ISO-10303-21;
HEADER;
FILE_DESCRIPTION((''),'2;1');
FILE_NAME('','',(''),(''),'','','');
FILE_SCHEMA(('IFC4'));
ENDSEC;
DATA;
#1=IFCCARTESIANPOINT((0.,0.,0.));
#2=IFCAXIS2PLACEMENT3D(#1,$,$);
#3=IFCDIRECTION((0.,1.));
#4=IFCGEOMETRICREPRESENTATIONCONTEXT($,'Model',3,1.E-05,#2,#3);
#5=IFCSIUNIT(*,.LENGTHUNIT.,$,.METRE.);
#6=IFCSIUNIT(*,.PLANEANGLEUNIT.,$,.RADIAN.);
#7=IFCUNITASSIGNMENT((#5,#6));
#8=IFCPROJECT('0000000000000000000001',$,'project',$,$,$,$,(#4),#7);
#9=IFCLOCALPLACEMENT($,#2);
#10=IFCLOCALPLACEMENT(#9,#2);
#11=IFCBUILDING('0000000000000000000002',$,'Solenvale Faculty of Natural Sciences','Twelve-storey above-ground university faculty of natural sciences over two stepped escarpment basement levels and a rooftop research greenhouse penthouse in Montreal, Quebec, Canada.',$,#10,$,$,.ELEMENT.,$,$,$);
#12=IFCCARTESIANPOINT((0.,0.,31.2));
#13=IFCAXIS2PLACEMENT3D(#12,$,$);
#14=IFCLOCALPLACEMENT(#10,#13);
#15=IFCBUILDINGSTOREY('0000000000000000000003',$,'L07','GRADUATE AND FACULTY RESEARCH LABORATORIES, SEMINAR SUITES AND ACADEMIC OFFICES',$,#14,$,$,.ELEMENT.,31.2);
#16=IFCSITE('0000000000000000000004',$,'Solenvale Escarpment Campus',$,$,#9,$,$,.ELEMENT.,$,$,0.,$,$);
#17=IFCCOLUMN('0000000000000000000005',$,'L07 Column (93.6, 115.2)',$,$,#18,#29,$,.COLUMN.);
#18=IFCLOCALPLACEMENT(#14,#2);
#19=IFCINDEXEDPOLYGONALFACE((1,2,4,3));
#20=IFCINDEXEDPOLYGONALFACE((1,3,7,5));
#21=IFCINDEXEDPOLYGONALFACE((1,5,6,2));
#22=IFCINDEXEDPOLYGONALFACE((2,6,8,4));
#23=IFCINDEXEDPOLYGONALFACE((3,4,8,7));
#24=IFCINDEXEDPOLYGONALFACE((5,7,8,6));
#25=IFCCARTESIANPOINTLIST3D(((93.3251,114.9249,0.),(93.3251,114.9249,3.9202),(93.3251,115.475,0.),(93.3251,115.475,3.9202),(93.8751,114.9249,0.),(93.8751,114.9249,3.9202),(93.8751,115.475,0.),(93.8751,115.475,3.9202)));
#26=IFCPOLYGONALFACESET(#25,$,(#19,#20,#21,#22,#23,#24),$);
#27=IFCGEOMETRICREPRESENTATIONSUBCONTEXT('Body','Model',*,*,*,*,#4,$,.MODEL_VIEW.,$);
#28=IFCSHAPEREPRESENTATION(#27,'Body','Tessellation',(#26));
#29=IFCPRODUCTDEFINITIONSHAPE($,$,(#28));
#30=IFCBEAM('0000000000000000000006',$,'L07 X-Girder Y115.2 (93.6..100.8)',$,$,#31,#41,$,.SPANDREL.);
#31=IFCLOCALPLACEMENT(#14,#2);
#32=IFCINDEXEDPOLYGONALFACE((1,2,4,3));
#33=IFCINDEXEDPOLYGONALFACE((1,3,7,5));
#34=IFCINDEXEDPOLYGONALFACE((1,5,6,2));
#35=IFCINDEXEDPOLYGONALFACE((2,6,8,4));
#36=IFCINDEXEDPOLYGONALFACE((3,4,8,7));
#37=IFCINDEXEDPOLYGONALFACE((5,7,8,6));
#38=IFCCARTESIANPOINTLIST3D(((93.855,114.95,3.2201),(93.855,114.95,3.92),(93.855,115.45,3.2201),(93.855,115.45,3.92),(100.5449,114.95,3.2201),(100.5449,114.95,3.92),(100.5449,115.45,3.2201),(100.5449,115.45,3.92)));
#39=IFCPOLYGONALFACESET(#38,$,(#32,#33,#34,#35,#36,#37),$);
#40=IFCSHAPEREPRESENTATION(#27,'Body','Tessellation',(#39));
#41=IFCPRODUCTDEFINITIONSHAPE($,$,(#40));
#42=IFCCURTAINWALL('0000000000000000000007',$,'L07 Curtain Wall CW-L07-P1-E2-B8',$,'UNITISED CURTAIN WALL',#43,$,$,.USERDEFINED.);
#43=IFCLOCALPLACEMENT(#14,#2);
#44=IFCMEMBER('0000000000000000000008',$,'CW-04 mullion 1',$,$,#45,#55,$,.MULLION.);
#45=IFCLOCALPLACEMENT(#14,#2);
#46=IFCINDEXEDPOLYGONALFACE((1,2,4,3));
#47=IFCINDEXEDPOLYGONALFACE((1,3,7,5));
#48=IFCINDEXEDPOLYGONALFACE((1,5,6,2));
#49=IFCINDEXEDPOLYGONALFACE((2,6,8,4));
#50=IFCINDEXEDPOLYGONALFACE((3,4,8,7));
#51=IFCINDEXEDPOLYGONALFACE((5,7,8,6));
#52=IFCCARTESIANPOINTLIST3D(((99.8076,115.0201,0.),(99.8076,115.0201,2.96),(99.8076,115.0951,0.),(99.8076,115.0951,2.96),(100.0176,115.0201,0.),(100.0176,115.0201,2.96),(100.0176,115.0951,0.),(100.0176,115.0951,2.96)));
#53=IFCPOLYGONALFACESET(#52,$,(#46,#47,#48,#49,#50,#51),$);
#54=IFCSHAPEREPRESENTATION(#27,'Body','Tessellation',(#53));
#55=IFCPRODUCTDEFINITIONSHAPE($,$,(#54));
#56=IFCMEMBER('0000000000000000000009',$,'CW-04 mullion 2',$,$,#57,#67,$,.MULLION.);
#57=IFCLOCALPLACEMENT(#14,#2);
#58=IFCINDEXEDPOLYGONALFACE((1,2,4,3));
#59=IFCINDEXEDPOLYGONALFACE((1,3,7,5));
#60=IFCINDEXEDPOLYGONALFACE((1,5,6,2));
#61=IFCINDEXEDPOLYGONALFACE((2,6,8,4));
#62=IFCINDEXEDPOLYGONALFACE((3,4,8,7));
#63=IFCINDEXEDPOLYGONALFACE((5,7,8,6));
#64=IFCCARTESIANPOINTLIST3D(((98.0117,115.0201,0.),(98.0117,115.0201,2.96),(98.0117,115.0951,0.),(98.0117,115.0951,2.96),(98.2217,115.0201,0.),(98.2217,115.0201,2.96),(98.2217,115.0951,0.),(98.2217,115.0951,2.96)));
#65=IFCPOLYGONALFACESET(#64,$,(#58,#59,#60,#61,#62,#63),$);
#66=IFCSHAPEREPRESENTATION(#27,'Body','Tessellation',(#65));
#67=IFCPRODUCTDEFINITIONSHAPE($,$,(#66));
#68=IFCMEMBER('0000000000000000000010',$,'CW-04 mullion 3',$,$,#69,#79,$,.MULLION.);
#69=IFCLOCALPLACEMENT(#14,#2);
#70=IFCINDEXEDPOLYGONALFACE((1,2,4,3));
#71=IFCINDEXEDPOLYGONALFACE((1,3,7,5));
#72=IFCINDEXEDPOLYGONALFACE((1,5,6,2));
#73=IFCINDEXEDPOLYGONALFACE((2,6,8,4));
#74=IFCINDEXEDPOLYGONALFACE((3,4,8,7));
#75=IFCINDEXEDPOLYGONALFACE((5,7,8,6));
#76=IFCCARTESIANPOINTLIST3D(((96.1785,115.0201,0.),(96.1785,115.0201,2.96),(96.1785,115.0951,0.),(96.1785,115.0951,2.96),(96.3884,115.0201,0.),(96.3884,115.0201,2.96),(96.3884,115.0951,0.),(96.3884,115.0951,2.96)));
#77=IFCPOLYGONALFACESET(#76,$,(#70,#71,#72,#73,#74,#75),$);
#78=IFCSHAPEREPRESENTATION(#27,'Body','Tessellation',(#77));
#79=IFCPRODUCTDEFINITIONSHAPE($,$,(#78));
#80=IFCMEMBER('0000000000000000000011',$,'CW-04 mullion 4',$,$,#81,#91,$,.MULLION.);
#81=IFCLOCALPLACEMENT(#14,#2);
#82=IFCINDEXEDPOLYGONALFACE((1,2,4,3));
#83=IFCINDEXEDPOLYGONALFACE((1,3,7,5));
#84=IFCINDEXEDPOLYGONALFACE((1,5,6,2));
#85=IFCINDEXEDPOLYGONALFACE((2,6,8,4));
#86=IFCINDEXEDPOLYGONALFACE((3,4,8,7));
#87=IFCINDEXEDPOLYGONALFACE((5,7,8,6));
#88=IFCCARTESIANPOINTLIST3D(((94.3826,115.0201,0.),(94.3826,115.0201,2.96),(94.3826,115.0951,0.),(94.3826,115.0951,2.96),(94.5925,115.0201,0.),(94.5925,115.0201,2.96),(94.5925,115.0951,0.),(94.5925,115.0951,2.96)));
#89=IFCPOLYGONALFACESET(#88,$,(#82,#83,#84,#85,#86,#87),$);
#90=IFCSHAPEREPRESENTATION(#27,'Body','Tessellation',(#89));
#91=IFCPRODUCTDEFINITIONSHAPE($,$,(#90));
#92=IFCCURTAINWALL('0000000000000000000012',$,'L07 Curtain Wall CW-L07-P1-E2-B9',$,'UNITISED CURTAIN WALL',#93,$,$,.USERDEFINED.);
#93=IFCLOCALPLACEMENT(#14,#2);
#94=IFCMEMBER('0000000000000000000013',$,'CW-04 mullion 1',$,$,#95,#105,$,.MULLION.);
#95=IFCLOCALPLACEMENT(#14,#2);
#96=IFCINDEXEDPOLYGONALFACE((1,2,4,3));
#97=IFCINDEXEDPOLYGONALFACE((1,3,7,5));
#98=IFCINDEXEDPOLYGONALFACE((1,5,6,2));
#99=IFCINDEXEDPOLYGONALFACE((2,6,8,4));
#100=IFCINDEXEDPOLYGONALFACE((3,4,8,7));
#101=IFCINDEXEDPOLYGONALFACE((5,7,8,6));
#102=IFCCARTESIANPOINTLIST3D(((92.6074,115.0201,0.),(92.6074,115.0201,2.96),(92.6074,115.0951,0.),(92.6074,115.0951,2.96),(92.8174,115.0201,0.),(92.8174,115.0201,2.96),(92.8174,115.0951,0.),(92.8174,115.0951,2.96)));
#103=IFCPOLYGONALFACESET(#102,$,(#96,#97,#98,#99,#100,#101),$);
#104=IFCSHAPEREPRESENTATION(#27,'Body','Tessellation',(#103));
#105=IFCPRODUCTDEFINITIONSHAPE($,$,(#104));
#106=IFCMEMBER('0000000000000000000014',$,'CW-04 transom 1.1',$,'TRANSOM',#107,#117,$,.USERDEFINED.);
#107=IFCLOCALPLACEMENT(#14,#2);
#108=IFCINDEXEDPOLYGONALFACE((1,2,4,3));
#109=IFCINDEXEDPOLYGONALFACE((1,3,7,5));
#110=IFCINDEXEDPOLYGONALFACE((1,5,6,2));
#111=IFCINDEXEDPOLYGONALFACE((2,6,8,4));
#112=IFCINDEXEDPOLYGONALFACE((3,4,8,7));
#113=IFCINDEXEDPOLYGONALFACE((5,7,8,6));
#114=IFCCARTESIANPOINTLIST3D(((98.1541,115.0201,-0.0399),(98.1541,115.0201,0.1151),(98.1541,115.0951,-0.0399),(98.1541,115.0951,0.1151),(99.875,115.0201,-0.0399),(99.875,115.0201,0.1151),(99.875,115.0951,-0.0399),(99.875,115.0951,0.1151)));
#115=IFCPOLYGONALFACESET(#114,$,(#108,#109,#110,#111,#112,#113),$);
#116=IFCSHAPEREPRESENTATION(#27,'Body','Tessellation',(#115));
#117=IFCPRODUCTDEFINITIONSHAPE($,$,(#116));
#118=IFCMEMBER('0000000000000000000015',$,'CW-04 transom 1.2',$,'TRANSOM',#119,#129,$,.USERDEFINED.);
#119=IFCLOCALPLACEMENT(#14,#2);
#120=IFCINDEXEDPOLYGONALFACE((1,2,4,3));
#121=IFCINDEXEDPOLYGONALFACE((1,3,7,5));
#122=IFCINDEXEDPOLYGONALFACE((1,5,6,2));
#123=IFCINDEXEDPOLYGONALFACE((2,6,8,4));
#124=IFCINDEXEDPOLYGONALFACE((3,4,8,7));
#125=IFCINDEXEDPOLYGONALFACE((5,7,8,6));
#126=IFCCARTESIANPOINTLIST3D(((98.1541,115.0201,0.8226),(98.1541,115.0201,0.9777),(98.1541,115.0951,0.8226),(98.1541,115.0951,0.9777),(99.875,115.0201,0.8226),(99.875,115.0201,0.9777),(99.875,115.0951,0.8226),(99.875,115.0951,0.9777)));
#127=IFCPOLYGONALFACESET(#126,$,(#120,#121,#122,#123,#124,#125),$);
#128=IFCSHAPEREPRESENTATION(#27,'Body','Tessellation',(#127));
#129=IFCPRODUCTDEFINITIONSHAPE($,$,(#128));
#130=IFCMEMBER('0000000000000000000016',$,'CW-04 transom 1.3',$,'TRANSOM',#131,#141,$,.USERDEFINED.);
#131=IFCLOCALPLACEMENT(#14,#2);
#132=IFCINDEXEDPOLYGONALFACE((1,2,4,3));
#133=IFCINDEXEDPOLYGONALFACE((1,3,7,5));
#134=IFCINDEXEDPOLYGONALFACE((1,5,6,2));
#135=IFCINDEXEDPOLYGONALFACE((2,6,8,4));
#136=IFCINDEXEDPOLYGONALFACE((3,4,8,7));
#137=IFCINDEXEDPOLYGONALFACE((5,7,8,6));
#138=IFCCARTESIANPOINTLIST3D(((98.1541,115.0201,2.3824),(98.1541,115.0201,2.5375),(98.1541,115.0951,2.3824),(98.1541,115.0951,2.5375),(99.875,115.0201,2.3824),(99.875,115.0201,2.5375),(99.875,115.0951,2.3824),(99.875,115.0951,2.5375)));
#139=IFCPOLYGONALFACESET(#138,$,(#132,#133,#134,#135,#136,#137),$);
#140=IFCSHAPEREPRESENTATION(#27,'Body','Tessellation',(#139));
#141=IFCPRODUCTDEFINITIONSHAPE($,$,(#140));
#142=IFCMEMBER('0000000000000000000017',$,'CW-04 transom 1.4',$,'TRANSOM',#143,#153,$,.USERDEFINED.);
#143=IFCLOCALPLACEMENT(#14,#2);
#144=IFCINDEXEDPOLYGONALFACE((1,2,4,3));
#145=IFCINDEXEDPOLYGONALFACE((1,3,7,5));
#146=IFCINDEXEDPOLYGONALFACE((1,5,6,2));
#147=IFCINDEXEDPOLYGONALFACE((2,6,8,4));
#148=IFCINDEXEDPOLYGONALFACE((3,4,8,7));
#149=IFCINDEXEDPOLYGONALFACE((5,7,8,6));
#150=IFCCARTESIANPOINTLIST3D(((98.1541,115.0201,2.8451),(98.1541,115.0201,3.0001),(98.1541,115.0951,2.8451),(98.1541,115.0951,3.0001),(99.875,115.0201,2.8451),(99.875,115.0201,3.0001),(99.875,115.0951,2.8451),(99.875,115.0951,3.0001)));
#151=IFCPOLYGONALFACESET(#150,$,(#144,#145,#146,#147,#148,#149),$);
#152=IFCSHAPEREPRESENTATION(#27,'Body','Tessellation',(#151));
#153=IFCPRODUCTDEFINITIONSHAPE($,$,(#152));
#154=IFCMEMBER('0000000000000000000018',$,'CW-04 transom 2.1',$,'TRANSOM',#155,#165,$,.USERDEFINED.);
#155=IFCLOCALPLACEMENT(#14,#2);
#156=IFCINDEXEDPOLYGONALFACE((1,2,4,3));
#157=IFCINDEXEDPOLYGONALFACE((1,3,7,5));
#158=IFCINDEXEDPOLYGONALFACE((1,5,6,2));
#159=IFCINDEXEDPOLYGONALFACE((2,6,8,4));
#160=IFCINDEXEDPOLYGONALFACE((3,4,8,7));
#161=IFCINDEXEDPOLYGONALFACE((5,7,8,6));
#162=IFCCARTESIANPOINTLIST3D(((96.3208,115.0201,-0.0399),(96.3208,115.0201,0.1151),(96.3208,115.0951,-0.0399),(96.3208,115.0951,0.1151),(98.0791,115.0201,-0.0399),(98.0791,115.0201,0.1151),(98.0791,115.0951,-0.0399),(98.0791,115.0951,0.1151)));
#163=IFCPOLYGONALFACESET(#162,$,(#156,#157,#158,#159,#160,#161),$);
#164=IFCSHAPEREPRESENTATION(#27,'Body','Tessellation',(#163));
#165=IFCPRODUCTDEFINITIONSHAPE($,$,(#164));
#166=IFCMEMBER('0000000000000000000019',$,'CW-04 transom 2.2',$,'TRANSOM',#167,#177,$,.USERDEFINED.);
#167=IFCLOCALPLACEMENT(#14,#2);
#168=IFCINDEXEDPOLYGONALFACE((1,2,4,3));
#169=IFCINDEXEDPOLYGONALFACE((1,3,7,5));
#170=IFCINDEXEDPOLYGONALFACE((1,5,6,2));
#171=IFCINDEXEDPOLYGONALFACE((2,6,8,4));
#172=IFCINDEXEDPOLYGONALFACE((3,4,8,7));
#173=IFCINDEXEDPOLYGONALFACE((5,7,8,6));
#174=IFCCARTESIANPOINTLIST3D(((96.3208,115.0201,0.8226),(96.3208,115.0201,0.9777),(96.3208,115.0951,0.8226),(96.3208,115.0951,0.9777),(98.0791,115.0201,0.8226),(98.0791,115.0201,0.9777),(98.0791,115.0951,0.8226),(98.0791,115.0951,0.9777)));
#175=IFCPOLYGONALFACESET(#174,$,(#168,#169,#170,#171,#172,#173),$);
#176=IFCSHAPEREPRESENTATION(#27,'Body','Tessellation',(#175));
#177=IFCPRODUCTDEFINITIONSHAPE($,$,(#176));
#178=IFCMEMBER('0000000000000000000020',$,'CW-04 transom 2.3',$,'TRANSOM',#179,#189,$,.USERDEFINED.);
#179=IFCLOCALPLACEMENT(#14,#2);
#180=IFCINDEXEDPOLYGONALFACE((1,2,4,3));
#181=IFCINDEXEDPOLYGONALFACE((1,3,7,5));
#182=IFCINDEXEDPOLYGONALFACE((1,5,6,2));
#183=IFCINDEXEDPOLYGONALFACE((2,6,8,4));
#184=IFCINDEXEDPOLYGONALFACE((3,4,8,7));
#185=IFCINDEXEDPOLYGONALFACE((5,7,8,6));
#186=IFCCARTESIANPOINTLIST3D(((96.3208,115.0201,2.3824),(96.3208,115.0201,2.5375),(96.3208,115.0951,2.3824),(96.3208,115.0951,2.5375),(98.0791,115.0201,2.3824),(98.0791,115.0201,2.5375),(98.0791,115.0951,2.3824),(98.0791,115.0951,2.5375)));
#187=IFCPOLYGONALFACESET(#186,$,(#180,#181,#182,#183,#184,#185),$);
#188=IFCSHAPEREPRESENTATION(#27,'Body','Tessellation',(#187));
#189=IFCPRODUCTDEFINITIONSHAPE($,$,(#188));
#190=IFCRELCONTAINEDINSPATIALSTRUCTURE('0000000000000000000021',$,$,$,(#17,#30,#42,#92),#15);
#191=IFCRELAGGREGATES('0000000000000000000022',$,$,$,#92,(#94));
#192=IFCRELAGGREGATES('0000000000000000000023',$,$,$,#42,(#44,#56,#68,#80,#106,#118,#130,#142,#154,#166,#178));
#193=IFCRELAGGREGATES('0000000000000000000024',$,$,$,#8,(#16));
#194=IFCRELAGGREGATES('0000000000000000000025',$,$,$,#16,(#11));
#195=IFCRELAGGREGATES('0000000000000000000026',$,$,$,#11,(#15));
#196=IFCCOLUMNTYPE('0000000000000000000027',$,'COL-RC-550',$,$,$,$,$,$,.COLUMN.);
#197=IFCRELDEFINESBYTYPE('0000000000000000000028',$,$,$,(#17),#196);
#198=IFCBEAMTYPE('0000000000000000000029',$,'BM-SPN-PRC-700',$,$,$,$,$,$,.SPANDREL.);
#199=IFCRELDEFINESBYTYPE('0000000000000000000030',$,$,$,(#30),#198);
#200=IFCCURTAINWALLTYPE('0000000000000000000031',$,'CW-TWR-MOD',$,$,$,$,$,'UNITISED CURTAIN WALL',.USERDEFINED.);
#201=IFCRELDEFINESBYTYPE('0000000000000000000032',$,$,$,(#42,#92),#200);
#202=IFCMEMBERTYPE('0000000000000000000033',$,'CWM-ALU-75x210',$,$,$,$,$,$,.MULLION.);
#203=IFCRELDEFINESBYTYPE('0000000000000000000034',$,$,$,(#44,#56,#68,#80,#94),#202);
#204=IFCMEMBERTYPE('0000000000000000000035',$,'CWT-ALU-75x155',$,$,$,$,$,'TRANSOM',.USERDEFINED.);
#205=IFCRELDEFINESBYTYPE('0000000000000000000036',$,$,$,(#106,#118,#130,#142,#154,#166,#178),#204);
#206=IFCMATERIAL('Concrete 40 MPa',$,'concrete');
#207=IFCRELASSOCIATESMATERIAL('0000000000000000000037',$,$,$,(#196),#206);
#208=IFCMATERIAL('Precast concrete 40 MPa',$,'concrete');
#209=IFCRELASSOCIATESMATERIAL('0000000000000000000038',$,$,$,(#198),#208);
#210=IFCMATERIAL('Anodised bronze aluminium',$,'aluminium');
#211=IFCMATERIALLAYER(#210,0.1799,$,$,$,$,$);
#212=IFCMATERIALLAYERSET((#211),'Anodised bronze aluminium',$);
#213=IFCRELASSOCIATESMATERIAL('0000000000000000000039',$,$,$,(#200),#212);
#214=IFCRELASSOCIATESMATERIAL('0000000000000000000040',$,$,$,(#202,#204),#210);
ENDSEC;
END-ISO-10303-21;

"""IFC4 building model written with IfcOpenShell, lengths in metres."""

from ifc_helpers import new_model, si_unit, direction, frame, origin, origin_2d, place, context, subcontext, project, spatial, rectangle, extrude, material, layer, layer_set, material_profile, profile_set, type_object, element, aggregate, save


model = new_model("IFC4")

# Units and contexts
model_context = context("Model", 3, precision=1e-05, world=origin(), true_north=direction((0.0, 1.0)))
body_context = subcontext(model_context, "Body", "Model", "MODEL_VIEW")
ifc_project = project(units=[si_unit("LENGTHUNIT", "METRE"), si_unit("PLANEANGLEUNIT", "RADIAN")], contexts=[model_context])

# Site, building, storey
site_placement = place(None, origin())
site = spatial("IfcSite", under=ifc_project, at=site_placement, Name="Solenvale Escarpment Campus", CompositionType="ELEMENT", RefElevation=0.0)
building_placement = place(site_placement, origin())
building = spatial("IfcBuilding", under=site, at=building_placement, Name="Solenvale Faculty of Natural Sciences", Description="Twelve-storey above-ground university faculty of natural sciences over two stepped escarpment basement levels and a rooftop research greenhouse penthouse in Montreal, Quebec, Canada.", CompositionType="ELEMENT")
storey_placement = place(building_placement, frame((0.0, 0.0, 31.2)))
storey = spatial("IfcBuildingStorey", under=building, at=storey_placement, Name="L07", Description="GRADUATE AND FACULTY RESEARCH LABORATORIES, SEMINAR SUITES AND ACADEMIC OFFICES", CompositionType="ELEMENT", Elevation=31.2)

# Column
ifc_material_1 = material(Name="Concrete 40 MPa", Category="concrete")
ifc_material_profile_1 = material_profile(ifc_material_1, rectangle(XDim=0.55, YDim=0.55, at=origin_2d()), Name="RC-COL-550x550")
ifc_profile_set_1 = profile_set([ifc_material_profile_1], Name="Concrete 40 MPa")
column_type = type_object("IfcColumnType", Name="COL-RC-550", PredefinedType="COLUMN", material=ifc_profile_set_1)
column_placement = place(storey_placement, frame((93.6001, 115.2, 0.0), z_axis=(0.0, 0.0, 1.0), x_axis=(1.0, 0.0, 0.0)))
element("IfcColumn", 1, at=column_placement, inside=storey, type_object=column_type, Name="L07 Column (93.6, 115.2)", PredefinedType="COLUMN", context=body_context, shape_type="SweptSolid", body=[
    extrude(rectangle(XDim=0.55, YDim=0.55, at=origin_2d()), origin(), (0.0, 0.0, 1.0), 3.9202),
])

# Beam
ifc_material_2 = material(Name="Precast concrete 40 MPa", Category="concrete")
ifc_material_profile_2 = material_profile(ifc_material_2, rectangle(XDim=0.5, YDim=0.7, at=origin_2d()), Name="RC-BM-500x700")
ifc_profile_set_2 = profile_set([ifc_material_profile_2], Name="Precast concrete 40 MPa")
beam_type = type_object("IfcBeamType", Name="BM-SPN-PRC-700", PredefinedType="SPANDREL", material=ifc_profile_set_2)
beam_placement = place(storey_placement, frame((93.855, 115.2, 3.5701), z_axis=(1.0, 0.0, 0.0), x_axis=(0.0, 1.0, 0.0)))
element("IfcBeam", 2, at=beam_placement, inside=storey, type_object=beam_type, Name="L07 X-Girder Y115.2 (93.6..100.8)", PredefinedType="SPANDREL", context=body_context, shape_type="SweptSolid", body=[
    extrude(rectangle(XDim=0.5, YDim=0.7, at=origin_2d()), origin(), (0.0, 0.0, 1.0), 6.6899),
])

# Curtain wall, members
ifc_material_3 = material(Name="Anodised bronze aluminium", Category="aluminium")
ifc_layer_1 = layer(ifc_material_3, 0.1799)
ifc_layer_set_1 = layer_set([ifc_layer_1], Name="Anodised bronze aluminium")
curtain_wall_type = type_object("IfcCurtainWallType", Name="CW-TWR-MOD", ElementType="UNITISED CURTAIN WALL", PredefinedType="USERDEFINED", material=ifc_layer_set_1)
curtain_wall_1_placement = place(storey_placement, origin())
curtain_wall_1 = element("IfcCurtainWall", 3, at=curtain_wall_1_placement, inside=storey, type_object=curtain_wall_type, Name="L07 Curtain Wall CW-L07-P1-E2-B8", ObjectType="UNITISED CURTAIN WALL", PredefinedType="USERDEFINED")
ifc_material_profile_3 = material_profile(ifc_material_3, rectangle(XDim=0.075, YDim=0.21, at=origin_2d()), Name="ALU-MUL-75x210")
ifc_profile_set_3 = profile_set([ifc_material_profile_3], Name="Anodised bronze aluminium")
member_type_1 = type_object("IfcMemberType", Name="CWM-ALU-75x210", PredefinedType="MULLION", material=ifc_profile_set_3)
member_1_placement = place(storey_placement, frame((99.9126, 115.0576, 0.0), z_axis=(0.0, 0.0, 1.0), x_axis=(0.0, -1.0, 0.0)))
member_1 = element("IfcMember", 4, at=member_1_placement, type_object=member_type_1, Name="CW-04 mullion 1", PredefinedType="MULLION", context=body_context, shape_type="SweptSolid", body=[
    extrude(rectangle(XDim=0.075, YDim=0.21, at=origin_2d()), origin(), (0.0, 0.0, 1.0), 2.96),
])
member_2_placement = place(storey_placement, frame((98.1167, 115.0576, 0.0), z_axis=(0.0, 0.0, 1.0), x_axis=(0.0, -1.0, 0.0)))
member_2 = element("IfcMember", 5, at=member_2_placement, type_object=member_type_1, Name="CW-04 mullion 2", PredefinedType="MULLION", context=body_context, shape_type="SweptSolid", body=[
    extrude(rectangle(XDim=0.075, YDim=0.21, at=origin_2d()), origin(), (0.0, 0.0, 1.0), 2.96),
])
member_3_placement = place(storey_placement, frame((96.2834, 115.0576, 0.0), z_axis=(0.0, 0.0, 1.0), x_axis=(0.0, -1.0, 0.0)))
member_3 = element("IfcMember", 6, at=member_3_placement, type_object=member_type_1, Name="CW-04 mullion 3", PredefinedType="MULLION", context=body_context, shape_type="SweptSolid", body=[
    extrude(rectangle(XDim=0.075, YDim=0.21, at=origin_2d()), origin(), (0.0, 0.0, 1.0), 2.96),
])
member_4_placement = place(storey_placement, frame((94.4875, 115.0576, 0.0), z_axis=(0.0, 0.0, 1.0), x_axis=(0.0, -1.0, 0.0)))
member_4 = element("IfcMember", 7, at=member_4_placement, type_object=member_type_1, Name="CW-04 mullion 4", PredefinedType="MULLION", context=body_context, shape_type="SweptSolid", body=[
    extrude(rectangle(XDim=0.075, YDim=0.21, at=origin_2d()), origin(), (0.0, 0.0, 1.0), 2.96),
])

# Curtain wall, member
curtain_wall_2_placement = place(storey_placement, origin())
curtain_wall_2 = element("IfcCurtainWall", 8, at=curtain_wall_2_placement, inside=storey, type_object=curtain_wall_type, Name="L07 Curtain Wall CW-L07-P1-E2-B9", ObjectType="UNITISED CURTAIN WALL", PredefinedType="USERDEFINED")
member_5_placement = place(storey_placement, frame((92.7124, 115.0576, 0.0), z_axis=(0.0, 0.0, 1.0), x_axis=(0.0, -1.0, 0.0)))
member_5 = element("IfcMember", 9, at=member_5_placement, type_object=member_type_1, Name="CW-04 mullion 1", PredefinedType="MULLION", context=body_context, shape_type="SweptSolid", body=[
    extrude(rectangle(XDim=0.075, YDim=0.21, at=origin_2d()), origin(), (0.0, 0.0, 1.0), 2.96),
])

# Members
ifc_material_profile_4 = material_profile(ifc_material_3, rectangle(XDim=0.075, YDim=0.155, at=origin_2d()), Name="ALU-TRN-75x155")
ifc_profile_set_4 = profile_set([ifc_material_profile_4], Name="Anodised bronze aluminium")
member_type_2 = type_object("IfcMemberType", Name="CWT-ALU-75x155", ElementType="TRANSOM", PredefinedType="USERDEFINED", material=ifc_profile_set_4)
member_6_placement = place(storey_placement, frame((99.875, 115.0576, 0.0376), z_axis=(-1.0, 0.0, 0.0), x_axis=(0.0, -1.0, 0.0)))
member_6 = element("IfcMember", 10, at=member_6_placement, type_object=member_type_2, Name="CW-04 transom 1.1", ObjectType="TRANSOM", PredefinedType="USERDEFINED", context=body_context, shape_type="SweptSolid", body=[
    extrude(rectangle(XDim=0.075, YDim=0.155, at=origin_2d()), origin(), (0.0, 0.0, 1.0), 1.7209),
])
member_7_placement = place(storey_placement, frame((99.875, 115.0576, 0.9001), z_axis=(-1.0, 0.0, 0.0), x_axis=(0.0, -1.0, 0.0)))
member_7 = element("IfcMember", 11, at=member_7_placement, type_object=member_type_2, Name="CW-04 transom 1.2", ObjectType="TRANSOM", PredefinedType="USERDEFINED", context=body_context, shape_type="SweptSolid", body=[
    extrude(rectangle(XDim=0.075, YDim=0.155, at=origin_2d()), origin(), (0.0, 0.0, 1.0), 1.7209),
])
member_8_placement = place(storey_placement, frame((99.875, 115.0576, 2.46), z_axis=(-1.0, 0.0, 0.0), x_axis=(0.0, -1.0, 0.0)))
member_8 = element("IfcMember", 12, at=member_8_placement, type_object=member_type_2, Name="CW-04 transom 1.3", ObjectType="TRANSOM", PredefinedType="USERDEFINED", context=body_context, shape_type="SweptSolid", body=[
    extrude(rectangle(XDim=0.075, YDim=0.155, at=origin_2d()), origin(), (0.0, 0.0, 1.0), 1.7209),
])
member_9_placement = place(storey_placement, frame((99.875, 115.0576, 2.9226), z_axis=(-1.0, 0.0, 0.0), x_axis=(0.0, -1.0, 0.0)))
member_9 = element("IfcMember", 13, at=member_9_placement, type_object=member_type_2, Name="CW-04 transom 1.4", ObjectType="TRANSOM", PredefinedType="USERDEFINED", context=body_context, shape_type="SweptSolid", body=[
    extrude(rectangle(XDim=0.075, YDim=0.155, at=origin_2d()), origin(), (0.0, 0.0, 1.0), 1.7209),
])
member_10_placement = place(storey_placement, frame((98.0791, 115.0576, 0.0376), z_axis=(-1.0, 0.0, 0.0), x_axis=(0.0, -1.0, 0.0)))
member_10 = element("IfcMember", 14, at=member_10_placement, type_object=member_type_2, Name="CW-04 transom 2.1", ObjectType="TRANSOM", PredefinedType="USERDEFINED", context=body_context, shape_type="SweptSolid", body=[
    extrude(rectangle(XDim=0.075, YDim=0.155, at=origin_2d()), origin(), (0.0, 0.0, 1.0), 1.7583),
])
member_11_placement = place(storey_placement, frame((98.0791, 115.0576, 0.9001), z_axis=(-1.0, 0.0, 0.0), x_axis=(0.0, -1.0, 0.0)))
member_11 = element("IfcMember", 15, at=member_11_placement, type_object=member_type_2, Name="CW-04 transom 2.2", ObjectType="TRANSOM", PredefinedType="USERDEFINED", context=body_context, shape_type="SweptSolid", body=[
    extrude(rectangle(XDim=0.075, YDim=0.155, at=origin_2d()), origin(), (0.0, 0.0, 1.0), 1.7583),
])
member_12_placement = place(storey_placement, frame((98.0791, 115.0576, 2.46), z_axis=(-1.0, 0.0, 0.0), x_axis=(0.0, -1.0, 0.0)))
member_12 = element("IfcMember", 16, at=member_12_placement, type_object=member_type_2, Name="CW-04 transom 2.3", ObjectType="TRANSOM", PredefinedType="USERDEFINED", context=body_context, shape_type="SweptSolid", body=[
    extrude(rectangle(XDim=0.075, YDim=0.155, at=origin_2d()), origin(), (0.0, 0.0, 1.0), 1.7583),
])
aggregate(curtain_wall_2, [member_5])

aggregate(curtain_wall_1, [member_1, member_2, member_3, member_4, member_6, member_7, member_8, member_9, member_10, member_11, member_12])

save(model, "model.ifc")
